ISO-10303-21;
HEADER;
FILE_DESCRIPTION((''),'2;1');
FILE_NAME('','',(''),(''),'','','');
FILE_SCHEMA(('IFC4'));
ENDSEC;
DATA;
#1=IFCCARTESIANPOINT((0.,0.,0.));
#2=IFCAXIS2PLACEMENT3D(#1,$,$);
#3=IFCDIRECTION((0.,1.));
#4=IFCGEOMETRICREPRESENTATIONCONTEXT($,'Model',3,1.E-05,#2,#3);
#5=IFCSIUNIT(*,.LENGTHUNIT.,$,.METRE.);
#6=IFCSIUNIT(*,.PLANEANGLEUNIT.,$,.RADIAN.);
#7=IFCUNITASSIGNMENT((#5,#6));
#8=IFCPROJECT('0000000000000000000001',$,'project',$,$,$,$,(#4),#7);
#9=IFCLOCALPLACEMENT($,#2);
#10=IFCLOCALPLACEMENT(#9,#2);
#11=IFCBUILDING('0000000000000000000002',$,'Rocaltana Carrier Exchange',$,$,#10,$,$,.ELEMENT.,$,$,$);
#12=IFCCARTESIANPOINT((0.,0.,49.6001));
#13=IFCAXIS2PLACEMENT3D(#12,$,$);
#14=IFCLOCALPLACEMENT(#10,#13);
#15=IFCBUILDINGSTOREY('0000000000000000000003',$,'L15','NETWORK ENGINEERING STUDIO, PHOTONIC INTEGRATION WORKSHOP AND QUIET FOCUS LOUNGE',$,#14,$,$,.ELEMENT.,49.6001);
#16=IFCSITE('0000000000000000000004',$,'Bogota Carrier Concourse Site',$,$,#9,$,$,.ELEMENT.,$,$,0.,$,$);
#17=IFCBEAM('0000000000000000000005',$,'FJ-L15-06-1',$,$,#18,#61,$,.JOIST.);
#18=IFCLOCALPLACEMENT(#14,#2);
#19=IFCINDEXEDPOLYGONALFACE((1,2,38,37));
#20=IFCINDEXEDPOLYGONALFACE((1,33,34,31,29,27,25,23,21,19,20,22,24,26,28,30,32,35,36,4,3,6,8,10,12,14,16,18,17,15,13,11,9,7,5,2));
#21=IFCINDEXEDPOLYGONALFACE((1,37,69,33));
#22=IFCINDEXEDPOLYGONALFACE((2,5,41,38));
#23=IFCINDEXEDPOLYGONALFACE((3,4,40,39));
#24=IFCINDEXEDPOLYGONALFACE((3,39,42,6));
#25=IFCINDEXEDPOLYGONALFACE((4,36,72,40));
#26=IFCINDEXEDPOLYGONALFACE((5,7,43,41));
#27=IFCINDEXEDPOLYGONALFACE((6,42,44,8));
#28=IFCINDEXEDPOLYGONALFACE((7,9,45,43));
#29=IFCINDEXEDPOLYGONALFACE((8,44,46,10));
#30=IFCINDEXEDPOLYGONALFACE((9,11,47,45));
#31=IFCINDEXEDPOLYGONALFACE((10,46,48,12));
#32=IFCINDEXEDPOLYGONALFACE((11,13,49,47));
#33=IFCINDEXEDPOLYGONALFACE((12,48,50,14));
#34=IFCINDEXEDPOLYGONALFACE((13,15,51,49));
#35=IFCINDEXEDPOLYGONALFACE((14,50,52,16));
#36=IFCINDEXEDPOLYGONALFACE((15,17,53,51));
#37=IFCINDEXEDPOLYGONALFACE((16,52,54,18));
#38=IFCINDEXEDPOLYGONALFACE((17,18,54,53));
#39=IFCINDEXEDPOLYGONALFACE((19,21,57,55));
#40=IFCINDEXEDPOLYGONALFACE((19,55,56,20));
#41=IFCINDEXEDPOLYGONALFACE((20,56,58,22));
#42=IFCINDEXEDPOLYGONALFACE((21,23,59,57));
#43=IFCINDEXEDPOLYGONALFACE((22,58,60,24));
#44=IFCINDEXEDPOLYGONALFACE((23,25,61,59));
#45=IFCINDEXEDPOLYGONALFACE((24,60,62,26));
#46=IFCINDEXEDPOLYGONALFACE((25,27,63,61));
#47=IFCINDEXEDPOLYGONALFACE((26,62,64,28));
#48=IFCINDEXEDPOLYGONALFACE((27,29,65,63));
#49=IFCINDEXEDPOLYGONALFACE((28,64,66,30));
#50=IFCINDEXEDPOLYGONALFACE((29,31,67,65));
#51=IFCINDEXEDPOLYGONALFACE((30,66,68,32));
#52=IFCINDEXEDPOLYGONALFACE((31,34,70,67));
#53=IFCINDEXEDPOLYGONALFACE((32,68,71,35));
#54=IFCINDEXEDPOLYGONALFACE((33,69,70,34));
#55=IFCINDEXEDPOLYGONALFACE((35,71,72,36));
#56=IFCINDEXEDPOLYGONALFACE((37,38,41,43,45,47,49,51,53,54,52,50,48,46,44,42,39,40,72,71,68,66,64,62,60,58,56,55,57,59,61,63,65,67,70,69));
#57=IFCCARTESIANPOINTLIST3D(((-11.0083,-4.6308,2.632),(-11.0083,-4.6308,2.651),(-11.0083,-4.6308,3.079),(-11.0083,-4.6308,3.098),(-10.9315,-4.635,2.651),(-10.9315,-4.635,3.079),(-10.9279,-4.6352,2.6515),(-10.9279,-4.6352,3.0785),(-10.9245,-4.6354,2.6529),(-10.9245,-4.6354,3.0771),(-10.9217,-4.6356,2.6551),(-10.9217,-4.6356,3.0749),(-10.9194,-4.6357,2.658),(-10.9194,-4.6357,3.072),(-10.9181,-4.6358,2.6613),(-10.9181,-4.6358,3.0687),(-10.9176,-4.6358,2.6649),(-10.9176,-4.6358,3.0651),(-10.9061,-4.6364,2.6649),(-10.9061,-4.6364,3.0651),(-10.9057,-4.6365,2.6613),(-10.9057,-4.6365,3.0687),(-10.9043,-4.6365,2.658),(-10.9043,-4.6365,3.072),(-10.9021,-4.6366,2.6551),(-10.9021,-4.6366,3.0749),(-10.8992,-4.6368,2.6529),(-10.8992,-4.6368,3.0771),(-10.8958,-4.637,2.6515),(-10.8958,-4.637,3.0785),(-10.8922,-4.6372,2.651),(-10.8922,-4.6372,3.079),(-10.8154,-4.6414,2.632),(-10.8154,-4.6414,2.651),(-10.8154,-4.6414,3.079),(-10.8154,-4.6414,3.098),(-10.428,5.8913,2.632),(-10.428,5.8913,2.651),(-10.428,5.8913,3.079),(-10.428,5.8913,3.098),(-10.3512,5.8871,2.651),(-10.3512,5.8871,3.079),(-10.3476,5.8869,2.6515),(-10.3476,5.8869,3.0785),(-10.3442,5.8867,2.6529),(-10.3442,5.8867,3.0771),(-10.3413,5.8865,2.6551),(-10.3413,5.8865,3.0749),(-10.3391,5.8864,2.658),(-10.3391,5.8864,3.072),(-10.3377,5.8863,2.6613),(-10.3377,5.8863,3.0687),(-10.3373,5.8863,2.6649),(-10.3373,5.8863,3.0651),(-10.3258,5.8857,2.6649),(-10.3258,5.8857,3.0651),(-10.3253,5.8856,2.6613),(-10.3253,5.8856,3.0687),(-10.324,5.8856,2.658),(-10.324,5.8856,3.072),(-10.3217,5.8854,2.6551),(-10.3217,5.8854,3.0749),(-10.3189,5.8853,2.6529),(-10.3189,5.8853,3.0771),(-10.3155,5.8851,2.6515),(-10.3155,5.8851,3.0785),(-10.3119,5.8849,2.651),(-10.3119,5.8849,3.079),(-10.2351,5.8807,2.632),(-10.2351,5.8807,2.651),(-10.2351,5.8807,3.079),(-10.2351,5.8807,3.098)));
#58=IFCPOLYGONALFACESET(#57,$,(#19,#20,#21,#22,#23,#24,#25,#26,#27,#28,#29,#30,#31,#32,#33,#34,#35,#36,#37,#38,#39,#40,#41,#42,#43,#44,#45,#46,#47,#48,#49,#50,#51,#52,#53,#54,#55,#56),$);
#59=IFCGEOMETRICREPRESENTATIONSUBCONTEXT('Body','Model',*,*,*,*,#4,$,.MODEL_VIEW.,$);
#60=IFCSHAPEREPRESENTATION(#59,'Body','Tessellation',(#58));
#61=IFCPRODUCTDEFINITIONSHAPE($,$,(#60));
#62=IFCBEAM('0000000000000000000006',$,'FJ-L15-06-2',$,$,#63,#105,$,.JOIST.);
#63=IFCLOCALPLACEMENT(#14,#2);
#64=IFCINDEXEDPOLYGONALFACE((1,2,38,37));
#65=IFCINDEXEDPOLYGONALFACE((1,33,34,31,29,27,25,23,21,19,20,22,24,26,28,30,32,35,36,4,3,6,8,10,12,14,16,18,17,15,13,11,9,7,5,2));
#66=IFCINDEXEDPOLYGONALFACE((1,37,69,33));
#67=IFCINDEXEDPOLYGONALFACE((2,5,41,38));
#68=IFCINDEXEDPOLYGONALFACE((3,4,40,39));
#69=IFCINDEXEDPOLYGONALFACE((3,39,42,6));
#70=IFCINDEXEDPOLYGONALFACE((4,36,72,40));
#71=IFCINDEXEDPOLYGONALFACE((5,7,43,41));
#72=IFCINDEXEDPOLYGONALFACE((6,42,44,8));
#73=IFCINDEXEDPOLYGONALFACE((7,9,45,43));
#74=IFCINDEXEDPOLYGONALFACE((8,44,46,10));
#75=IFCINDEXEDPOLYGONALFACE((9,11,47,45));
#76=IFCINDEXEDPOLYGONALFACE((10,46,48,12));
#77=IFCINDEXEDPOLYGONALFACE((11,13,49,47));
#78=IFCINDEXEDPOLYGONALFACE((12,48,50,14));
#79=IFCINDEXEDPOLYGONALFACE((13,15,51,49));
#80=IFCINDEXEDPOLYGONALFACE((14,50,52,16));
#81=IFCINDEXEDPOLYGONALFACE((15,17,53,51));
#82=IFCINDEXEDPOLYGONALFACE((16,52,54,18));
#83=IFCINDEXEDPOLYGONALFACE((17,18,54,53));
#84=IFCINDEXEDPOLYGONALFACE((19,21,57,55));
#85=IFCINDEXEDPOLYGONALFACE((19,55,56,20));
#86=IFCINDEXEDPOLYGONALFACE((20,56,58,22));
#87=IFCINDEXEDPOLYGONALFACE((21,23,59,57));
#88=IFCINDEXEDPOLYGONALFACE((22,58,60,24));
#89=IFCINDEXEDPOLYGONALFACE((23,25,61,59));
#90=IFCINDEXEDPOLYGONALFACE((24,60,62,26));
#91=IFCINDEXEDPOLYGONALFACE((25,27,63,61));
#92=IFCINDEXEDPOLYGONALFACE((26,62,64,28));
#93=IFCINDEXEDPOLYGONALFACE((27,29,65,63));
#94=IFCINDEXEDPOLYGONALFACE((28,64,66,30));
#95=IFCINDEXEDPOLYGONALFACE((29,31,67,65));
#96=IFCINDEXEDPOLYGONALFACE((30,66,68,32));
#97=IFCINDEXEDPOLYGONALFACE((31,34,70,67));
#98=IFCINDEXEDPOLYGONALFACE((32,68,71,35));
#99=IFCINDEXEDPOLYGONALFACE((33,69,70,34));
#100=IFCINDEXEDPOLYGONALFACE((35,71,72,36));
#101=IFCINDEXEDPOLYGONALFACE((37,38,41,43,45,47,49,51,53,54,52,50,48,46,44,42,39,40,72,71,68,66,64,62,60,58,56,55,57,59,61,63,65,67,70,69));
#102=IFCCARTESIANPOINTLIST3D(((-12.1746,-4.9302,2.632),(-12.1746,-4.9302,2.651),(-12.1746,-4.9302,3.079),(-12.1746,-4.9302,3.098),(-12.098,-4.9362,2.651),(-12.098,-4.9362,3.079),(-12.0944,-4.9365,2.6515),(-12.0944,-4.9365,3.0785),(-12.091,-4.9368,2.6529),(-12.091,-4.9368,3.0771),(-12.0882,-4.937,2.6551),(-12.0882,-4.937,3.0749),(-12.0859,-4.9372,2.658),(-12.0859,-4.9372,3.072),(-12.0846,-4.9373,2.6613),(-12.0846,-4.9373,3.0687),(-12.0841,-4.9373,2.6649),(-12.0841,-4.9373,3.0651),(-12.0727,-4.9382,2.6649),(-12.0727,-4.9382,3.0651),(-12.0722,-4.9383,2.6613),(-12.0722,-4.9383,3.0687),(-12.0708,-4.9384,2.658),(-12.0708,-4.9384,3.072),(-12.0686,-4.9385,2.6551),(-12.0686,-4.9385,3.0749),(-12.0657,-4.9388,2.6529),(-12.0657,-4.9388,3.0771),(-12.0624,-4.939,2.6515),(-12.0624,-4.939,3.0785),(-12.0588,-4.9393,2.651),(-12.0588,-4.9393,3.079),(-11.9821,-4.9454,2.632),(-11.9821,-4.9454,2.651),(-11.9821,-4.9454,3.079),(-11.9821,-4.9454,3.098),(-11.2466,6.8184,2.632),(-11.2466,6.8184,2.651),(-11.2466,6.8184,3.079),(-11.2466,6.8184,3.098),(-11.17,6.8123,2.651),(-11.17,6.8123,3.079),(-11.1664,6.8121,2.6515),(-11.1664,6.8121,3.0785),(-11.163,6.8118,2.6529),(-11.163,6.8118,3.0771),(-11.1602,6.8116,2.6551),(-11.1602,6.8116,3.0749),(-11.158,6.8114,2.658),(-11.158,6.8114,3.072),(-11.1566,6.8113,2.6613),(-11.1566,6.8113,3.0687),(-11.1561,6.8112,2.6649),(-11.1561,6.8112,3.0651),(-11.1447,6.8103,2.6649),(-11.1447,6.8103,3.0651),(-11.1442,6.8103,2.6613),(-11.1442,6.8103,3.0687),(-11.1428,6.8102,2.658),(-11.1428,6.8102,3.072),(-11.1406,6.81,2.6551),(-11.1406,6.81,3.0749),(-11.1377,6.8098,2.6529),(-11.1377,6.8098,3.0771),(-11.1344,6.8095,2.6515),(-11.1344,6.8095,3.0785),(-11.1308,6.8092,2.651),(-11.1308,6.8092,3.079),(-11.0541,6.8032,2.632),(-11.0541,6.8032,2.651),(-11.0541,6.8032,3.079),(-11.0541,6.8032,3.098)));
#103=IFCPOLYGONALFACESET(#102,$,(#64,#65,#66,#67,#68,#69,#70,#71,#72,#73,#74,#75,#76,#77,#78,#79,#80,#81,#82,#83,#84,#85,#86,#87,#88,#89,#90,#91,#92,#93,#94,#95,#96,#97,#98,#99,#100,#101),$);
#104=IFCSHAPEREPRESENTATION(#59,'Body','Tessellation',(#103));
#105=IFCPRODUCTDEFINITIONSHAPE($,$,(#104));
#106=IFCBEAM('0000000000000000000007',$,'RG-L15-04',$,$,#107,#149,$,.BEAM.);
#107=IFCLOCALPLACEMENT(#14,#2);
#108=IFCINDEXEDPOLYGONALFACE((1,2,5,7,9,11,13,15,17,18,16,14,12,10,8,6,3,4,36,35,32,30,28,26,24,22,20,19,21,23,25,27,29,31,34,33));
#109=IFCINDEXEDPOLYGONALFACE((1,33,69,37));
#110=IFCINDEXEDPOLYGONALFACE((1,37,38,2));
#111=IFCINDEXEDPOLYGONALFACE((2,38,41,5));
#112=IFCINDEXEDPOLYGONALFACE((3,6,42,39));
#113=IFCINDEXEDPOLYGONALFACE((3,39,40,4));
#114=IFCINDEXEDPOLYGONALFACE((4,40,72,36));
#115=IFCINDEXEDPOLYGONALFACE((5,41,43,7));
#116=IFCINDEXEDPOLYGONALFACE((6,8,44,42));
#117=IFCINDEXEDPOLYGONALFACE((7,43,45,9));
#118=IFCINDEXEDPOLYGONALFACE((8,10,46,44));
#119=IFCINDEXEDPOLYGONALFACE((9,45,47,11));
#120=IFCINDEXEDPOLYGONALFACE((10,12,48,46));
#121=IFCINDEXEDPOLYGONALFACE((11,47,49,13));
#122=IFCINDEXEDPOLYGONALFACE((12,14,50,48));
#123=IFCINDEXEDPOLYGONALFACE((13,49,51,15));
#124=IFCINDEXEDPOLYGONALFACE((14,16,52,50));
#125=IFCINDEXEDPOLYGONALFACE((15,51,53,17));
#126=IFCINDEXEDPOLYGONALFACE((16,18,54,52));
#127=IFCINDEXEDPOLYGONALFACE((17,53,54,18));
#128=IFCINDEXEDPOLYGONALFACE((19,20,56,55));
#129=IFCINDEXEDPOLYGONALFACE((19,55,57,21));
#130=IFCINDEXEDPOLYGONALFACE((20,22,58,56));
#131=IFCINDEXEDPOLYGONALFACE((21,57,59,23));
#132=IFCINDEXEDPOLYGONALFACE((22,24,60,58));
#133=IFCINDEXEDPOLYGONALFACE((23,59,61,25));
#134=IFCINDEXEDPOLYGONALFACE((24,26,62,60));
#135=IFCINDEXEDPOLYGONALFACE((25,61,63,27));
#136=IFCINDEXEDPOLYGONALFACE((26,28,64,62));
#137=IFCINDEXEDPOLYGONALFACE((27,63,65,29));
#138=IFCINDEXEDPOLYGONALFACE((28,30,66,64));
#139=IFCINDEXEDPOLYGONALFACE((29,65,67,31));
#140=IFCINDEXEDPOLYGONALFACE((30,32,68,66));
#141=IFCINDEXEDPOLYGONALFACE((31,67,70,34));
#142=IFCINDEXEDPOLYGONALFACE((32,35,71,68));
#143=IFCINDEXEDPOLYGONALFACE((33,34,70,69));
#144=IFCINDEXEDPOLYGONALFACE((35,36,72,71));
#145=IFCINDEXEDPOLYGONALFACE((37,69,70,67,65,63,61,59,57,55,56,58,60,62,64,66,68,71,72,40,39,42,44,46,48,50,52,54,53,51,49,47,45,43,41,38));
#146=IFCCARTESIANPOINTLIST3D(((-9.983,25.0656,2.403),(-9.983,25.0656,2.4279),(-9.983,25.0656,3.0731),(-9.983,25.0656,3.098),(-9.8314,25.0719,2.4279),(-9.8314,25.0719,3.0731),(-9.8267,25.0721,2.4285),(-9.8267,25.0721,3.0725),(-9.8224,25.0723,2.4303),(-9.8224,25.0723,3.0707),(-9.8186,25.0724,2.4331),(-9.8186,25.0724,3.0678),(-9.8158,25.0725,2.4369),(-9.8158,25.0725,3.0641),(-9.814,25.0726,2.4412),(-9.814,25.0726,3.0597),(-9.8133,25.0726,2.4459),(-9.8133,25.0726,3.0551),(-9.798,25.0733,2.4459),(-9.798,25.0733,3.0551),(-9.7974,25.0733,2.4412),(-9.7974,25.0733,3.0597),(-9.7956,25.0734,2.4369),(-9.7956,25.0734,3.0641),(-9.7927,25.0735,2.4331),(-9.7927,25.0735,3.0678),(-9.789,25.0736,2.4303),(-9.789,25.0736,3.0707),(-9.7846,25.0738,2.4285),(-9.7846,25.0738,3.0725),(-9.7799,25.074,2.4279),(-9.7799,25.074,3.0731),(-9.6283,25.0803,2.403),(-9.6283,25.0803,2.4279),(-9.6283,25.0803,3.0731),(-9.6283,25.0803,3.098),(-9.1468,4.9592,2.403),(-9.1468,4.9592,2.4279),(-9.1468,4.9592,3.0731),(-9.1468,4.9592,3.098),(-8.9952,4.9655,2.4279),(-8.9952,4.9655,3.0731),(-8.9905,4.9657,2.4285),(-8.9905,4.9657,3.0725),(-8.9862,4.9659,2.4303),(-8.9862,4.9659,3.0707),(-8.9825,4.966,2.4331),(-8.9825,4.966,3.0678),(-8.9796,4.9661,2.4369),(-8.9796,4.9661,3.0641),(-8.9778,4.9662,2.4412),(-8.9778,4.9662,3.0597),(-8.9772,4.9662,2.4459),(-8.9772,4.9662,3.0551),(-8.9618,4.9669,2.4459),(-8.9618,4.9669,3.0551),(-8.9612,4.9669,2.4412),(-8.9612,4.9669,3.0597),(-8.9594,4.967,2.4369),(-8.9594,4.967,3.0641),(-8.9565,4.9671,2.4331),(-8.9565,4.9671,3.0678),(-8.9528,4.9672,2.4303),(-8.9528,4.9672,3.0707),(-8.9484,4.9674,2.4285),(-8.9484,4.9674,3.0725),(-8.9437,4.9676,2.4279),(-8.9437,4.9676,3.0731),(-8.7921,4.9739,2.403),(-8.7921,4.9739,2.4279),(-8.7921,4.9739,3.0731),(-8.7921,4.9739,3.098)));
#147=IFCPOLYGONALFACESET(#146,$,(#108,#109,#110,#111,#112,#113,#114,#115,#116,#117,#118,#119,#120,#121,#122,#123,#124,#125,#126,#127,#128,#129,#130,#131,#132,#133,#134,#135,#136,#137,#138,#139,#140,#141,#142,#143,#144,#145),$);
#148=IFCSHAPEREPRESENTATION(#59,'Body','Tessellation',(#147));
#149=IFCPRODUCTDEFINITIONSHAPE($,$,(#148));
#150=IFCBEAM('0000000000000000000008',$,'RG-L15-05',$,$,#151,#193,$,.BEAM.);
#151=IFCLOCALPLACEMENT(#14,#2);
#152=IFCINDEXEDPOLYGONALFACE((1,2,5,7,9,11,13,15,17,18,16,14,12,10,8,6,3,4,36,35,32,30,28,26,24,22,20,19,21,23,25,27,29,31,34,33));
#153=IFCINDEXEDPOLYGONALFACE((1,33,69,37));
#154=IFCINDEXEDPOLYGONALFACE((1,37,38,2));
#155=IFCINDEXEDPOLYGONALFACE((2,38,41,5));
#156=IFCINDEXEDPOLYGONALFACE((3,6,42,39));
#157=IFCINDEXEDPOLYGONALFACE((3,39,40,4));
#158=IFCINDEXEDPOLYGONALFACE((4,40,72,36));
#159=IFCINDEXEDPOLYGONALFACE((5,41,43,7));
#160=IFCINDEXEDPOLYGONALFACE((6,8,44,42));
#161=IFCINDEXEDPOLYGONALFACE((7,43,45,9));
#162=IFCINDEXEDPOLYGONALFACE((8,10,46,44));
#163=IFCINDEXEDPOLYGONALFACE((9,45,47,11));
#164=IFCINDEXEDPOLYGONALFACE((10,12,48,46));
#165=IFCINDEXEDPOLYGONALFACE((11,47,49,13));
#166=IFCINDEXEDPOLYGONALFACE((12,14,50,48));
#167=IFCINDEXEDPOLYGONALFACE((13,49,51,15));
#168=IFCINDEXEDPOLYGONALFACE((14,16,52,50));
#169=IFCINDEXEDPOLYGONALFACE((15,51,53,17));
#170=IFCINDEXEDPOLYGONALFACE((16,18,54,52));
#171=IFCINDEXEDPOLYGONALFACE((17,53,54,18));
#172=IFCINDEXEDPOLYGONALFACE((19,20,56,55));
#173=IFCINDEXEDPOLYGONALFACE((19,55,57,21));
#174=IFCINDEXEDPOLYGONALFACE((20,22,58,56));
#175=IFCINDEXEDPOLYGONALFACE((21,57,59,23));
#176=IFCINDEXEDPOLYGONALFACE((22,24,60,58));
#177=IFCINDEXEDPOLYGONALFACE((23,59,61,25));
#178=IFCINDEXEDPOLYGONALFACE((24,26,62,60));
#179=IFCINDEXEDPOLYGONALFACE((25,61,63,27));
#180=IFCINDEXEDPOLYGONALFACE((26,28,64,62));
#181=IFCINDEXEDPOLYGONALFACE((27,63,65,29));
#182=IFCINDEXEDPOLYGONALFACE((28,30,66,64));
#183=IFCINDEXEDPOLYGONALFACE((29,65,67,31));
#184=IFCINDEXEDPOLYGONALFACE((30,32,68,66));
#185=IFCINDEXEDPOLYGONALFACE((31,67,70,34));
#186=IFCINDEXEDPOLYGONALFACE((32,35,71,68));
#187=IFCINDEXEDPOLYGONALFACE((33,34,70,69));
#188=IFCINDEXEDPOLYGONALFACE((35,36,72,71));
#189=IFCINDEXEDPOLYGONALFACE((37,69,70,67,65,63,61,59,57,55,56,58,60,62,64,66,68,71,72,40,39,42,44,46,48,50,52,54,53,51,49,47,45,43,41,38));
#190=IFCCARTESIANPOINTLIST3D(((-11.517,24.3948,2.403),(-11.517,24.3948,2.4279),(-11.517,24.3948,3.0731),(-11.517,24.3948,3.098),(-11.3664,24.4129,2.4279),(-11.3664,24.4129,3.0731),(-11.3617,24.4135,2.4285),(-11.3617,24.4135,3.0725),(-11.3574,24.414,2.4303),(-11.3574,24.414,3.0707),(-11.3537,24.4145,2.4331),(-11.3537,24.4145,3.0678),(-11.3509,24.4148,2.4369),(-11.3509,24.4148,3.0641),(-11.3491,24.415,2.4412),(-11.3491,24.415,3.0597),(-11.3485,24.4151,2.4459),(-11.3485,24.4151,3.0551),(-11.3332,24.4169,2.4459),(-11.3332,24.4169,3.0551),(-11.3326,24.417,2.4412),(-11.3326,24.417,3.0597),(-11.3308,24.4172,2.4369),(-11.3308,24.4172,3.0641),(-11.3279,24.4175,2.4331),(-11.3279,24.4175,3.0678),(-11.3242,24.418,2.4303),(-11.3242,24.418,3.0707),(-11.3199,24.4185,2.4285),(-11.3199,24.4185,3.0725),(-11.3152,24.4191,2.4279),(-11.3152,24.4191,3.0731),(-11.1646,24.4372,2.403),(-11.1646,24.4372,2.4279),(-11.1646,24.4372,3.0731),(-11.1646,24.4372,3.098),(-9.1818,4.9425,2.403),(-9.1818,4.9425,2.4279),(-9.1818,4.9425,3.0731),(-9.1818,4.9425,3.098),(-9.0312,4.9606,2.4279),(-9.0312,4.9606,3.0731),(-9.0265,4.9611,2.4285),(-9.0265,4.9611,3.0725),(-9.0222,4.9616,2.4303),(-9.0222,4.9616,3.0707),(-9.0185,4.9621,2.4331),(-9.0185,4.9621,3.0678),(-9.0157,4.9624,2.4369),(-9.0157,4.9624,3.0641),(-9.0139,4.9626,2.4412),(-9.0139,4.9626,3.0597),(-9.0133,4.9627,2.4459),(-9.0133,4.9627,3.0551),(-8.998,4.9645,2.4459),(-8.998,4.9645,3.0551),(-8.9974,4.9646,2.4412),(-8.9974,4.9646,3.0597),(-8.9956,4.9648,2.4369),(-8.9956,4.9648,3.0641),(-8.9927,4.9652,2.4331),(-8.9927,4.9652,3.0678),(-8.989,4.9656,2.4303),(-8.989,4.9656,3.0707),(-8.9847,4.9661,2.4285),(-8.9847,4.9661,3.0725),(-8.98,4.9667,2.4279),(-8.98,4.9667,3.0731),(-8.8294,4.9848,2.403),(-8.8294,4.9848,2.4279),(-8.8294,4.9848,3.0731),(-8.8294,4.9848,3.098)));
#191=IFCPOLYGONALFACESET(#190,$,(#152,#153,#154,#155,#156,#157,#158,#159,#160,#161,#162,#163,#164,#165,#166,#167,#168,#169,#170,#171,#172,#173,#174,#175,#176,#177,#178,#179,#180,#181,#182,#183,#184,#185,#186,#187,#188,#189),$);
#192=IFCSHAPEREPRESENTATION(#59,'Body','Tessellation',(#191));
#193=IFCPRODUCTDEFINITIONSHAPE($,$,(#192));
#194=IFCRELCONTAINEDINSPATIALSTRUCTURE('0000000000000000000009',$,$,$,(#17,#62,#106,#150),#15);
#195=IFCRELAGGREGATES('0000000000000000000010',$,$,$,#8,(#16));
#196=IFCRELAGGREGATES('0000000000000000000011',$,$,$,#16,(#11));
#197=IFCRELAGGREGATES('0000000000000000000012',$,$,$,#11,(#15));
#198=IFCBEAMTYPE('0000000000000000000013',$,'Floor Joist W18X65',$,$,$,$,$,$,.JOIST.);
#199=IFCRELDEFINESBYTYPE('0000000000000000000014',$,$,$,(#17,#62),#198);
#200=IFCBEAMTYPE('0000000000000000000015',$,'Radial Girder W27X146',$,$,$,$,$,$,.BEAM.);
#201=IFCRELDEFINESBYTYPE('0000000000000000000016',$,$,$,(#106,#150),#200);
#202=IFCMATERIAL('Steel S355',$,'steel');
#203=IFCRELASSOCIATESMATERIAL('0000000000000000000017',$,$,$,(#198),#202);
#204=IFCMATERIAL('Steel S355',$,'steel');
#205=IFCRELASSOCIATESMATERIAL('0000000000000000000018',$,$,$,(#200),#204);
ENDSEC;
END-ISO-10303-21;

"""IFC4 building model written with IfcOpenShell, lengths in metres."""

from ifc_helpers import new_model, si_unit, direction, frame, origin, origin_2d, place, context, subcontext, project, spatial, i_section, extrude, material, material_profile, profile_set, type_object, element, save


model = new_model("IFC4")

# Units and contexts
model_context = context("Model", 3, precision=1e-05, world=origin(), true_north=direction((0.0, 1.0)))
body_context = subcontext(model_context, "Body", "Model", "MODEL_VIEW")
ifc_project = project(units=[si_unit("LENGTHUNIT", "METRE"), si_unit("PLANEANGLEUNIT", "RADIAN")], contexts=[model_context])

# Site, building, storey
site_placement = place(None, origin())
site = spatial("IfcSite", under=ifc_project, at=site_placement, Name="Bogota Carrier Concourse Site", CompositionType="ELEMENT", RefElevation=0.0)
building_placement = place(site_placement, origin())
building = spatial("IfcBuilding", under=site, at=building_placement, Name="Rocaltana Carrier Exchange", CompositionType="ELEMENT")
storey_placement = place(building_placement, frame((0.0, 0.0, 49.6001)))
storey = spatial("IfcBuildingStorey", under=building, at=storey_placement, Name="L15", Description="NETWORK ENGINEERING STUDIO, PHOTONIC INTEGRATION WORKSHOP AND QUIET FOCUS LOUNGE", CompositionType="ELEMENT", Elevation=49.6001)

# Beams
ifc_material_1 = material(Name="Steel S355", Category="steel")
ifc_material_profile_1 = material_profile(ifc_material_1, i_section(OverallWidth=0.1931, OverallDepth=0.4661, WebThickness=0.0115, FlangeThickness=0.019, FilletRadius=0.0139, at=origin_2d()), Name="W18X65")
ifc_profile_set_1 = profile_set([ifc_material_profile_1], Name="Steel S355")
beam_type_1 = type_object("IfcBeamType", Name="Floor Joist W18X65", PredefinedType="JOIST", material=ifc_profile_set_1)
beam_1_placement = place(storey_placement, frame((-10.3315, 5.886, 2.865), z_axis=(-0.055068, -0.998483, 0.0), x_axis=(0.998483, -0.055068, 0.0)))
element("IfcBeam", 1, at=beam_1_placement, inside=storey, type_object=beam_type_1, Name="FJ-L15-06-1", PredefinedType="JOIST", context=body_context, shape_type="SweptSolid", body=[
    extrude(i_section(OverallWidth=0.1931, OverallDepth=0.4661, WebThickness=0.0115, FlangeThickness=0.019, FilletRadius=0.0139, at=origin_2d()), origin(), (0.0, 0.0, 1.0), 10.5381),
])
beam_2_placement = place(storey_placement, frame((-11.1504, 6.8108, 2.865), z_axis=(-0.078741, -0.996895, 0.0), x_axis=(0.996895, -0.078741, 0.0)))
element("IfcBeam", 2, at=beam_2_placement, inside=storey, type_object=beam_type_1, Name="FJ-L15-06-2", PredefinedType="JOIST", context=body_context, shape_type="SweptSolid", body=[
    extrude(i_section(OverallWidth=0.1931, OverallDepth=0.4661, WebThickness=0.0115, FlangeThickness=0.019, FilletRadius=0.0139, at=origin_2d()), origin(), (0.0, 0.0, 1.0), 11.7852),
])
ifc_material_2 = material(Name="Steel S355", Category="steel")
ifc_material_profile_2 = material_profile(ifc_material_2, i_section(OverallWidth=0.355, OverallDepth=0.6951, WebThickness=0.0154, FlangeThickness=0.0249, FilletRadius=0.0181, at=origin_2d()), Name="W27X146")
ifc_profile_set_2 = profile_set([ifc_material_profile_2], Name="Steel S355")
beam_type_2 = type_object("IfcBeamType", Name="Radial Girder W27X146", PredefinedType="BEAM", material=ifc_profile_set_2)
beam_3_placement = place(storey_placement, frame((-8.9695, 4.9666, 2.7505), z_axis=(-0.041552, 0.999136, 0.0), x_axis=(-0.999136, -0.041552, 0.0)))
element("IfcBeam", 3, at=beam_3_placement, inside=storey, type_object=beam_type_2, Name="RG-L15-04", PredefinedType="BEAM", context=body_context, shape_type="SweptSolid", body=[
    extrude(i_section(OverallWidth=0.355, OverallDepth=0.6951, WebThickness=0.0154, FlangeThickness=0.0249, FilletRadius=0.0181, at=origin_2d()), origin(), (0.0, 0.0, 1.0), 20.1238),
])
beam_4_placement = place(storey_placement, frame((-9.0056, 4.9636, 2.7505), z_axis=(-0.119191, 0.992871, 0.0), x_axis=(-0.992871, -0.119191, 0.0)))
element("IfcBeam", 4, at=beam_4_placement, inside=storey, type_object=beam_type_2, Name="RG-L15-05", PredefinedType="BEAM", context=body_context, shape_type="SweptSolid", body=[
    extrude(i_section(OverallWidth=0.355, OverallDepth=0.6951, WebThickness=0.0154, FlangeThickness=0.0249, FilletRadius=0.0181, at=origin_2d()), origin(), (0.0, 0.0, 1.0), 19.592),
])

save(model, "model.ifc")
